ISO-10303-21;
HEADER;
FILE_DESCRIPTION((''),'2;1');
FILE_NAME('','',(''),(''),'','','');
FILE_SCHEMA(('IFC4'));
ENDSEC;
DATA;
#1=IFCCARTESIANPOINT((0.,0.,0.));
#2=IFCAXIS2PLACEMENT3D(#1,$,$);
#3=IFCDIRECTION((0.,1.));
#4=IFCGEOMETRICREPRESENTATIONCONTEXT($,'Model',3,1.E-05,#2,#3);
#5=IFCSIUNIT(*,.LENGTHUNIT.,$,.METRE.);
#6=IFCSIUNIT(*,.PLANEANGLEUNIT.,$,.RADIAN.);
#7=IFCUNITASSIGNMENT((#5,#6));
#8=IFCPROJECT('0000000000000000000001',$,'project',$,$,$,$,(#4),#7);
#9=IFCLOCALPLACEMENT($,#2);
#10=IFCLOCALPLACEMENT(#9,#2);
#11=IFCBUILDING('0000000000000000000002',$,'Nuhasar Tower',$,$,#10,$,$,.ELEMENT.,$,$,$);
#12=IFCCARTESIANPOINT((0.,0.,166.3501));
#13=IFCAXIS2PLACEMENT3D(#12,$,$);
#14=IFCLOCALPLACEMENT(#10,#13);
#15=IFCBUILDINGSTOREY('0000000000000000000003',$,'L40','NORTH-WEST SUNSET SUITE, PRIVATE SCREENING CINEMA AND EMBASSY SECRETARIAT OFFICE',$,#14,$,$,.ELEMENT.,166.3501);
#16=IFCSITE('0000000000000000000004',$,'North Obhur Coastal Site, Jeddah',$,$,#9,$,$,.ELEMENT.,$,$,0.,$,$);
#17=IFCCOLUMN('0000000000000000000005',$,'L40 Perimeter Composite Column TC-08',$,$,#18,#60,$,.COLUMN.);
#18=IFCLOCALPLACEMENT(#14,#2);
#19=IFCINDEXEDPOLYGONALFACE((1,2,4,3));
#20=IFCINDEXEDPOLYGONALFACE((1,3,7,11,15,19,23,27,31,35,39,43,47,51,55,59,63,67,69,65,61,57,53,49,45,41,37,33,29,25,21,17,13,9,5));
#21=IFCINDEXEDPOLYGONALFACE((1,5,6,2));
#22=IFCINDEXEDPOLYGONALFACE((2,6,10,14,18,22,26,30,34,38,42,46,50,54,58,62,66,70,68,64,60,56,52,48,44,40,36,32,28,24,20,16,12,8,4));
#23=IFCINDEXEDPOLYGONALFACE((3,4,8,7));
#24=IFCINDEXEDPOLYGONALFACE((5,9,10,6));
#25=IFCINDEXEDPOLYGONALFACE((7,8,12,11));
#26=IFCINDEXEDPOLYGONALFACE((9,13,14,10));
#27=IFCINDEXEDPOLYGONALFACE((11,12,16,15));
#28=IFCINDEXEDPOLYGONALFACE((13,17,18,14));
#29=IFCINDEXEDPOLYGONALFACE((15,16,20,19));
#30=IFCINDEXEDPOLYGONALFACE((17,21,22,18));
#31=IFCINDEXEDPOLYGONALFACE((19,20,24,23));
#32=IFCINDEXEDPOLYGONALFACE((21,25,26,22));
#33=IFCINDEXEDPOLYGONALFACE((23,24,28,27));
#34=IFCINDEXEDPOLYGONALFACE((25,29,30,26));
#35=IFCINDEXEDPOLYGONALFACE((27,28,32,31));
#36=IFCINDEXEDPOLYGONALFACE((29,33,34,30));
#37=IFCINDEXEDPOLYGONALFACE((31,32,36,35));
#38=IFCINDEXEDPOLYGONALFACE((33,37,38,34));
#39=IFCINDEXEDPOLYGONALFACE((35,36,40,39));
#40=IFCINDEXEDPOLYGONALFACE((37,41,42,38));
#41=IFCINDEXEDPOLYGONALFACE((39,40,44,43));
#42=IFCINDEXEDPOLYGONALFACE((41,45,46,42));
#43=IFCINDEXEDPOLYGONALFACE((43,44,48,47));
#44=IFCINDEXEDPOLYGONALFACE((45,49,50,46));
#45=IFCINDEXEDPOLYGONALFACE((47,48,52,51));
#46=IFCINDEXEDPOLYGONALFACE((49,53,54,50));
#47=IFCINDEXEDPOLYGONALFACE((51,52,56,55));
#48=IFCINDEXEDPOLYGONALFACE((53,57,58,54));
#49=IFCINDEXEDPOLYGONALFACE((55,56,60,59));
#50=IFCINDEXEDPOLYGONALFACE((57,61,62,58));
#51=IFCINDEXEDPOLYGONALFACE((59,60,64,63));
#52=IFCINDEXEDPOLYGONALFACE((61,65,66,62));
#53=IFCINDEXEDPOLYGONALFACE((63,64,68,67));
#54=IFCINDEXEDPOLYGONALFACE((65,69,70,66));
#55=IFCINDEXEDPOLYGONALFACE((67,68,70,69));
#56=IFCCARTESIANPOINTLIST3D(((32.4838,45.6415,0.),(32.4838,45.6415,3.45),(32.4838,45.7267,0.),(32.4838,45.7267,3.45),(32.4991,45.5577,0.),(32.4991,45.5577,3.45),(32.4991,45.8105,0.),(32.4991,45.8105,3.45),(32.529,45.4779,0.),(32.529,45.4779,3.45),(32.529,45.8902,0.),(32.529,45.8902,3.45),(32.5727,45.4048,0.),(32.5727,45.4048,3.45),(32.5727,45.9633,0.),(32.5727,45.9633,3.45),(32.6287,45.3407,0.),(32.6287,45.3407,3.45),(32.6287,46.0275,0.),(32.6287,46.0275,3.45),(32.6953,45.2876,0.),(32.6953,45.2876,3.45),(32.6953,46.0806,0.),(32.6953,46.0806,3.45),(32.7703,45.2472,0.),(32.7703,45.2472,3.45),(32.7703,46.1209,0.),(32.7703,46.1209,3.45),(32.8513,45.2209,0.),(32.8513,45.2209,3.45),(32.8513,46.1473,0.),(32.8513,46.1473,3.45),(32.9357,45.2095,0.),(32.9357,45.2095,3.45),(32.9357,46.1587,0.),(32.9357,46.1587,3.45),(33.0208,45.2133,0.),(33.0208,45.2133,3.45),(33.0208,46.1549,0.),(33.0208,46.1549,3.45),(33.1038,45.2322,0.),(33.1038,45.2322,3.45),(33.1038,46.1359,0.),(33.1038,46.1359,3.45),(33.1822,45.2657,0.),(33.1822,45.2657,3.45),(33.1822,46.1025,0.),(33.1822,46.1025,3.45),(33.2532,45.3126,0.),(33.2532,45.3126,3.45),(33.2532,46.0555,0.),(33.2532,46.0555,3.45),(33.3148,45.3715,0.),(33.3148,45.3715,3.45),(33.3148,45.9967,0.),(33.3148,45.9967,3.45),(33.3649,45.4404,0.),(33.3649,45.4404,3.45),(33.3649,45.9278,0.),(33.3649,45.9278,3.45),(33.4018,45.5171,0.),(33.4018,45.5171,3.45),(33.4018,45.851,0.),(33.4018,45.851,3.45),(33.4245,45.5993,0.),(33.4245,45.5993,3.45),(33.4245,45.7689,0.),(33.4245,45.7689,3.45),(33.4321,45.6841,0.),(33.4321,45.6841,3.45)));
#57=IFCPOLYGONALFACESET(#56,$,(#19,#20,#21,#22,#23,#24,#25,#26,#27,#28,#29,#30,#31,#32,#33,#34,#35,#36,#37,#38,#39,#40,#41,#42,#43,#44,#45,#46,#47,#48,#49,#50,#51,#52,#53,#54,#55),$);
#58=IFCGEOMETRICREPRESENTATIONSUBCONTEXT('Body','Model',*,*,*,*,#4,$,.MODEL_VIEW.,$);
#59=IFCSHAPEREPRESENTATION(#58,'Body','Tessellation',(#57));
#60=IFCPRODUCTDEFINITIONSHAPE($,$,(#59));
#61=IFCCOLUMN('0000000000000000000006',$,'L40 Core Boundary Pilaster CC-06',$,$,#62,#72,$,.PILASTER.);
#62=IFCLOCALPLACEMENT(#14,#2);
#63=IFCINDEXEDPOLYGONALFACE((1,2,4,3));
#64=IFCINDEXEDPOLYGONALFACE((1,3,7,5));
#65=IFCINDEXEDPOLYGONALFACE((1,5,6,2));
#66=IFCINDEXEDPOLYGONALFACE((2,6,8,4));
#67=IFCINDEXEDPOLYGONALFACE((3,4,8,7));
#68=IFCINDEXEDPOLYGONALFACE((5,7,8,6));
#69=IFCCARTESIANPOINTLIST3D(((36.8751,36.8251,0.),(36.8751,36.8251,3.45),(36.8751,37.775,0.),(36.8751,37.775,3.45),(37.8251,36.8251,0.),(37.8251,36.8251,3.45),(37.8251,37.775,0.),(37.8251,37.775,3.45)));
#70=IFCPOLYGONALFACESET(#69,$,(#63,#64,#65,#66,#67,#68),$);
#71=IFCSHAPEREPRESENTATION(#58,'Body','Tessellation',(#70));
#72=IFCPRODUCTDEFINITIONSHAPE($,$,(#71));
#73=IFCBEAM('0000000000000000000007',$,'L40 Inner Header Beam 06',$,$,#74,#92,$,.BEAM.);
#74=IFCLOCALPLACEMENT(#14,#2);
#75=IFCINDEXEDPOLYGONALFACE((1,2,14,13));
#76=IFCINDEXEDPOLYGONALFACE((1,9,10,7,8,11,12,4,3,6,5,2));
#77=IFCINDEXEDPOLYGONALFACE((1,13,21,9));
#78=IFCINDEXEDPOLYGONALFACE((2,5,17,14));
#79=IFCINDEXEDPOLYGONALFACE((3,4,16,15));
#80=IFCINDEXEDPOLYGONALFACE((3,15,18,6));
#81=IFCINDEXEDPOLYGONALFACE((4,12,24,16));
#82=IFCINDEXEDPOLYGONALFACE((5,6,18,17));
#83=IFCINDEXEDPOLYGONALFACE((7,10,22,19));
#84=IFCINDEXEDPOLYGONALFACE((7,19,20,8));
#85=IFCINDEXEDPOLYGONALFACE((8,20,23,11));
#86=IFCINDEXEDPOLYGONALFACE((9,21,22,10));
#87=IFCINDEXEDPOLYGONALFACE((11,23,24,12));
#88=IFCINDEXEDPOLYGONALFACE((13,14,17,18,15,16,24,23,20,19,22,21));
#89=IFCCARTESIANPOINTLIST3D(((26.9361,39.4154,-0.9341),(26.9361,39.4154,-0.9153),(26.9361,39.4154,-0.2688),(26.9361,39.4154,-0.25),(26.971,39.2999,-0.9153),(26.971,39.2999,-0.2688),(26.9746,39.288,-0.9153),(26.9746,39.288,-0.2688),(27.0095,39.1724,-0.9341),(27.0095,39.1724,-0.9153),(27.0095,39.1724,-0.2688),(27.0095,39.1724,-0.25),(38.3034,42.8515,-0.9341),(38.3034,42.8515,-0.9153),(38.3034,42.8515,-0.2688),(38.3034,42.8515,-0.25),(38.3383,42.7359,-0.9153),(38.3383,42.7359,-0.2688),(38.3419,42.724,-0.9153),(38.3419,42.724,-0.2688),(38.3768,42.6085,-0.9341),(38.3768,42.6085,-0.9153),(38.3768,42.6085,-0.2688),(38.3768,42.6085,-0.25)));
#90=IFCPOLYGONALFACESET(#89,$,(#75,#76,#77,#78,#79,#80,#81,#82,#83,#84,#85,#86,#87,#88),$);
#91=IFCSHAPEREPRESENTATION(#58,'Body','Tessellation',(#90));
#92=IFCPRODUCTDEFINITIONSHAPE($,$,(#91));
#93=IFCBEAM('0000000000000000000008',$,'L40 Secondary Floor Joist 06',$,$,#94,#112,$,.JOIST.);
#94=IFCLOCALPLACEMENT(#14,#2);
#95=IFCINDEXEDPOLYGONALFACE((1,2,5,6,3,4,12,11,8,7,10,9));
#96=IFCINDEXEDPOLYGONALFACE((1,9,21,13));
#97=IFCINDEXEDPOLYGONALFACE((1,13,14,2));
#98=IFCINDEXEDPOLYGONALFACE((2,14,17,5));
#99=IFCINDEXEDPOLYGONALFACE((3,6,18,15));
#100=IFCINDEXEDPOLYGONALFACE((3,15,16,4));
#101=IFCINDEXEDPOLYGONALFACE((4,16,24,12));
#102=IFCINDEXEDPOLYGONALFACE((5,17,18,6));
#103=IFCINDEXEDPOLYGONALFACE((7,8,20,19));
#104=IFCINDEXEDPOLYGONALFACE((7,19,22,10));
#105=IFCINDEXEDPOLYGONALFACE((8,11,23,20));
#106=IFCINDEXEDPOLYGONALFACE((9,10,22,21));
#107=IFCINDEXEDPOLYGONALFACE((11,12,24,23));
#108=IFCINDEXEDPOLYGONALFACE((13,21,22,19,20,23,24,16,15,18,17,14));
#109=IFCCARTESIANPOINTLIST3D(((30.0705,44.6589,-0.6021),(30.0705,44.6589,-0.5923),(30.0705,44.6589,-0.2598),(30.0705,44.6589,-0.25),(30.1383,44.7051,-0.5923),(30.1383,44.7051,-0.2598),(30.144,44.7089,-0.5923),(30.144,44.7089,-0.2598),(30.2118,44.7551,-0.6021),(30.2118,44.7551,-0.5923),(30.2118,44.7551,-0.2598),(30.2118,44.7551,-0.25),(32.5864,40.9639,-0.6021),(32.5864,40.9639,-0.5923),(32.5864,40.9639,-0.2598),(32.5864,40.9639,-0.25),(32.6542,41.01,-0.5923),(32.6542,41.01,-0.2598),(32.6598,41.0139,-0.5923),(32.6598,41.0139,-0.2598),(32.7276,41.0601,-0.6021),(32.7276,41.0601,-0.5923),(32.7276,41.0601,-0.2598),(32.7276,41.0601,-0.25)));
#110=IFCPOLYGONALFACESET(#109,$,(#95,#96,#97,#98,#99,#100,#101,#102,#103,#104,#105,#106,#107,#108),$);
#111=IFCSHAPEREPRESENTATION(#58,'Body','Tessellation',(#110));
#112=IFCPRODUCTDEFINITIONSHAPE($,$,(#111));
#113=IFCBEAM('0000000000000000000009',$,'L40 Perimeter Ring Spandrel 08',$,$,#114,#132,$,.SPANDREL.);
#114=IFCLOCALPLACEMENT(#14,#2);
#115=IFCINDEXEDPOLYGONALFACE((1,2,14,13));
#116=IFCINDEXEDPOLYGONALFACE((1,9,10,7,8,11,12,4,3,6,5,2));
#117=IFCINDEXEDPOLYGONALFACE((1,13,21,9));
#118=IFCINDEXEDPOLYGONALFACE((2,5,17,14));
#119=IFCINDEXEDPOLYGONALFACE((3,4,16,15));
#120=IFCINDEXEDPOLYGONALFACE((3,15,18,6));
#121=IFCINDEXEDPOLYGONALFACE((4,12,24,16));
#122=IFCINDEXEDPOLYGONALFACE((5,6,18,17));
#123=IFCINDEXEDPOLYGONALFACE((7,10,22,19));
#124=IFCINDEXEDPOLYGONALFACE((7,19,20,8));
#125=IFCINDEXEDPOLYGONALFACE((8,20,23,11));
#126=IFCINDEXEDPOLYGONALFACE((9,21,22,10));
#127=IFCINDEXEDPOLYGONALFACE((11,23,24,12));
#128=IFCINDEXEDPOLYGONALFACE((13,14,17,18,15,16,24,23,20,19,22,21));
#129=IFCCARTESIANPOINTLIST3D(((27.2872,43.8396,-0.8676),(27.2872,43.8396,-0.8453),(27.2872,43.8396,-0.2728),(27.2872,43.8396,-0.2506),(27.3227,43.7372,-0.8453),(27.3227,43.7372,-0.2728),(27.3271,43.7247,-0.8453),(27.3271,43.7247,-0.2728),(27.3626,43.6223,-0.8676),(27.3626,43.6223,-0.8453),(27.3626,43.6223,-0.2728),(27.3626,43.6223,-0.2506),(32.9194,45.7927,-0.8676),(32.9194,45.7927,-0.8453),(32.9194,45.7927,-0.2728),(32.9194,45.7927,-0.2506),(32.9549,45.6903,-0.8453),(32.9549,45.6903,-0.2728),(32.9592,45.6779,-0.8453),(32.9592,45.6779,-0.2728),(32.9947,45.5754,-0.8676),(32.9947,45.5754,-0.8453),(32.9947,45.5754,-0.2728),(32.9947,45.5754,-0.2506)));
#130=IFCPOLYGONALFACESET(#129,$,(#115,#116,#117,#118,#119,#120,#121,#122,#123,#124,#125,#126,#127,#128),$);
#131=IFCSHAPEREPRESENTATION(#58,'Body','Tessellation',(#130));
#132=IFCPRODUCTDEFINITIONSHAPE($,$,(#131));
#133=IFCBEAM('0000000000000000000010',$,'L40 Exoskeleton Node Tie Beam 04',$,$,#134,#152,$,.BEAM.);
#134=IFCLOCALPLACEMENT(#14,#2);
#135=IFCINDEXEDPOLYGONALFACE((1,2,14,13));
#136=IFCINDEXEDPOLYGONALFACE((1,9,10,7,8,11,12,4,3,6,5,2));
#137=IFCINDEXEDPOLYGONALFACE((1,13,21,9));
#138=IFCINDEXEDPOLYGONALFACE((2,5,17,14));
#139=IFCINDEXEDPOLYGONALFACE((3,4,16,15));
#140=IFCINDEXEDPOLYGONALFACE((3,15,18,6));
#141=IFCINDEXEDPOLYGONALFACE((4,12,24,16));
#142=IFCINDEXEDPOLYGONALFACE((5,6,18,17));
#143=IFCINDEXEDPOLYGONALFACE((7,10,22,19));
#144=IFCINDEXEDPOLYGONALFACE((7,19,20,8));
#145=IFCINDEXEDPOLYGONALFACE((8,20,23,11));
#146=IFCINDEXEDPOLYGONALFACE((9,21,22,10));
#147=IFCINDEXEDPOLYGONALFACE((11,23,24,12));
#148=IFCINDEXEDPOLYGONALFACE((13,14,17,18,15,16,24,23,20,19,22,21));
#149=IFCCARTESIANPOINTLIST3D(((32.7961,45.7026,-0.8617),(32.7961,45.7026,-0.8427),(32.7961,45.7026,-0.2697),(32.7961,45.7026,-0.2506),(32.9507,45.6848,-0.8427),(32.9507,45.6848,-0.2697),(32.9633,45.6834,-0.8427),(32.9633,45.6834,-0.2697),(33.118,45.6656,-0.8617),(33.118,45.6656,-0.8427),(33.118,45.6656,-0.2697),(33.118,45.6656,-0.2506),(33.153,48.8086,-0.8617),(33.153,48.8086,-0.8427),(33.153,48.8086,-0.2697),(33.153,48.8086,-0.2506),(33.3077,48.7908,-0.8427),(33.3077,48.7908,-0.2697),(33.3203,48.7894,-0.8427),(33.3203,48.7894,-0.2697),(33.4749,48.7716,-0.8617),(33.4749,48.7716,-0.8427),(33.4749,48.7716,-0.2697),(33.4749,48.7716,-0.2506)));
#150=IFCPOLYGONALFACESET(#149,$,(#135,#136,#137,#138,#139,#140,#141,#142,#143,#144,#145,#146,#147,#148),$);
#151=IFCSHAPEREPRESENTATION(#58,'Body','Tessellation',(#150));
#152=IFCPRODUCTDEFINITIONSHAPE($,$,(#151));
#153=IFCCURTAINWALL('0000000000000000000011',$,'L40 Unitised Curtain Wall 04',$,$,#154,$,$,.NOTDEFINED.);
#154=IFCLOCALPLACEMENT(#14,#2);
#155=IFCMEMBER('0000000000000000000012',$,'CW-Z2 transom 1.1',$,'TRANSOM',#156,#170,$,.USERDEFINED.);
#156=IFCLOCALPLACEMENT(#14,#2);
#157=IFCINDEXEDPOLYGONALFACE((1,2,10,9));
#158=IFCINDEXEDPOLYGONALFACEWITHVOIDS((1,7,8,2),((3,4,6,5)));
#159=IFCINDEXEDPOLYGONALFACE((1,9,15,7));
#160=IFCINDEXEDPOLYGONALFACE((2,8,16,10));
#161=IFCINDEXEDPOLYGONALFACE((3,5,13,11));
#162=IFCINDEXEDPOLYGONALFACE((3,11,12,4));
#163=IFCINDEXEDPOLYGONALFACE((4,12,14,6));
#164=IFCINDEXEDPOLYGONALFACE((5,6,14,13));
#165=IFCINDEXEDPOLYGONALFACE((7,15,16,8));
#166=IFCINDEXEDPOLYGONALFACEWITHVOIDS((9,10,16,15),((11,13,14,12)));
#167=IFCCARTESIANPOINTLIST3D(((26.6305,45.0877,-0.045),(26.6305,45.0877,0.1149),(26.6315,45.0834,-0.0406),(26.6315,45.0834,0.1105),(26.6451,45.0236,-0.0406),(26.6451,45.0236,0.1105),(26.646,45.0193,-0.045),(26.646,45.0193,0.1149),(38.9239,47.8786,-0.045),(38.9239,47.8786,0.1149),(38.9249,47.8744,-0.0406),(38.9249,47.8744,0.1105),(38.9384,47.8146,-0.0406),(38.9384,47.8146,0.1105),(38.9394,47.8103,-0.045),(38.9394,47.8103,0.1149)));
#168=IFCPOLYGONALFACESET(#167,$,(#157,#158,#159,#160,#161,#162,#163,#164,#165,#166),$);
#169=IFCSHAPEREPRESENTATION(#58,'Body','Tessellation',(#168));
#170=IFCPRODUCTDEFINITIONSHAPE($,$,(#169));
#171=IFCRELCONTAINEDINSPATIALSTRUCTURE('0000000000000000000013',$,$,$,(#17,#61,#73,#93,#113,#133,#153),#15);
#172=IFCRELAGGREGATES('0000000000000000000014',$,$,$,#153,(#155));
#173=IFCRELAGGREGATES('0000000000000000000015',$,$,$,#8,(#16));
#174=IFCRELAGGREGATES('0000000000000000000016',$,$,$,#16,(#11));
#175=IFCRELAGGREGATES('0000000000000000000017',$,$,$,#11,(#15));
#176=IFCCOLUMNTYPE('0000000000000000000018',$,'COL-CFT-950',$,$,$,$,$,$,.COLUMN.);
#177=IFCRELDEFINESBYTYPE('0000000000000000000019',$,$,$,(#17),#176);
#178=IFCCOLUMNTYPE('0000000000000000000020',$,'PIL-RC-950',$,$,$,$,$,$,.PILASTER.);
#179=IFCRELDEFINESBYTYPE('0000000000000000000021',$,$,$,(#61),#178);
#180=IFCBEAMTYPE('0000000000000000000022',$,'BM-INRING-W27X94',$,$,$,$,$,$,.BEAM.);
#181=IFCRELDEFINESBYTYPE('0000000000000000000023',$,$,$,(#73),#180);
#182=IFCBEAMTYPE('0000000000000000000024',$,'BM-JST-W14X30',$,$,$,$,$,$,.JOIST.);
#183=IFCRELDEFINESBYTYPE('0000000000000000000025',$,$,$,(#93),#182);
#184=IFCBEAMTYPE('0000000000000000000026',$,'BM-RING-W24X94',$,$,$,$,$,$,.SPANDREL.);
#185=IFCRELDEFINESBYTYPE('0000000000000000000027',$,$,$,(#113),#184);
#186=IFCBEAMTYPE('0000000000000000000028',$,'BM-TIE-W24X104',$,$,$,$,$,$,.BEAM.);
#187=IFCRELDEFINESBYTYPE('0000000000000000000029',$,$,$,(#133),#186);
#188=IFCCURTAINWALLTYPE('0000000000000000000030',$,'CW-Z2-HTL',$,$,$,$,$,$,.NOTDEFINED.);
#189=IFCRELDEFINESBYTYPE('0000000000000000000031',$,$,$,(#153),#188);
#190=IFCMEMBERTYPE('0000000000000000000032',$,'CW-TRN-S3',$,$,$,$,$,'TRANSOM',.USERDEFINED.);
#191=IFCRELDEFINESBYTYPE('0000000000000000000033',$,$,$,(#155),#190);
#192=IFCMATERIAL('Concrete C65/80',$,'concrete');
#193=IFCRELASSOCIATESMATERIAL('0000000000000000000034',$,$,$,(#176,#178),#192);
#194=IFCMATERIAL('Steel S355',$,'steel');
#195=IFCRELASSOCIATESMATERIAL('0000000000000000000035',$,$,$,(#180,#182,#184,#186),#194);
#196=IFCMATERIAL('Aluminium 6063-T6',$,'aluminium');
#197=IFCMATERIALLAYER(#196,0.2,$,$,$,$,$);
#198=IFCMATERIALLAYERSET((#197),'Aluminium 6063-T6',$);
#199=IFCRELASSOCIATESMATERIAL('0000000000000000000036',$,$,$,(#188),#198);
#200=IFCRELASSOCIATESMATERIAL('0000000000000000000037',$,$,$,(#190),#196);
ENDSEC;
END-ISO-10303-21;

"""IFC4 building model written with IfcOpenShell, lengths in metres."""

from ifc_helpers import new_model, si_unit, direction, frame, origin, origin_2d, place, context, subcontext, project, spatial, rectangle, hollow_rectangle, circle, i_section, extrude, material, layer, layer_set, material_profile, profile_set, type_object, element, aggregate, save


model = new_model("IFC4")

# Units and contexts
model_context = context("Model", 3, precision=1e-05, world=origin(), true_north=direction((0.0, 1.0)))
body_context = subcontext(model_context, "Body", "Model", "MODEL_VIEW")
ifc_project = project(units=[si_unit("LENGTHUNIT", "METRE"), si_unit("PLANEANGLEUNIT", "RADIAN")], contexts=[model_context])

# Site, building, storey
site_placement = place(None, origin())
site = spatial("IfcSite", under=ifc_project, at=site_placement, Name="North Obhur Coastal Site, Jeddah", CompositionType="ELEMENT", RefElevation=0.0)
building_placement = place(site_placement, origin())
building = spatial("IfcBuilding", under=site, at=building_placement, Name="Nuhasar Tower", CompositionType="ELEMENT")
storey_placement = place(building_placement, frame((0.0, 0.0, 166.3501)))
storey = spatial("IfcBuildingStorey", under=building, at=storey_placement, Name="L40", Description="NORTH-WEST SUNSET SUITE, PRIVATE SCREENING CINEMA AND EMBASSY SECRETARIAT OFFICE", CompositionType="ELEMENT", Elevation=166.3501)

# Columns
ifc_material_1 = material(Name="Concrete C65/80", Category="concrete")
ifc_material_profile_1 = material_profile(ifc_material_1, circle(Radius=0.4751, at=origin_2d()), Name="CFT950")
ifc_profile_set_1 = profile_set([ifc_material_profile_1], Name="Concrete C65/80")
column_type_1 = type_object("IfcColumnType", Name="COL-CFT-950", PredefinedType="COLUMN", material=ifc_profile_set_1)
column_1_placement = place(storey_placement, frame((32.957, 45.6841, 0.0), z_axis=(0.0, 0.0, 1.0), x_axis=(1.0, 0.0, 0.0)))
element("IfcColumn", 1, at=column_1_placement, inside=storey, type_object=column_type_1, Name="L40 Perimeter Composite Column TC-08", PredefinedType="COLUMN", context=body_context, shape_type="SweptSolid", body=[
    extrude(circle(Radius=0.4751, at=origin_2d()), origin(), (0.0, 0.0, 1.0), 3.45),
])
ifc_material_profile_2 = material_profile(ifc_material_1, rectangle(XDim=0.95, YDim=0.95, at=origin_2d()), Name="RC950X950")
ifc_profile_set_2 = profile_set([ifc_material_profile_2], Name="Concrete C65/80")
column_type_2 = type_object("IfcColumnType", Name="PIL-RC-950", PredefinedType="PILASTER", material=ifc_profile_set_2)
column_2_placement = place(storey_placement, frame((37.3501, 37.3, 0.0), z_axis=(0.0, 0.0, 1.0), x_axis=(1.0, 0.0, 0.0)))
element("IfcColumn", 2, at=column_2_placement, inside=storey, type_object=column_type_2, Name="L40 Core Boundary Pilaster CC-06", PredefinedType="PILASTER", context=body_context, shape_type="SweptSolid", body=[
    extrude(rectangle(XDim=0.95, YDim=0.95, at=origin_2d()), origin(), (0.0, 0.0, 1.0), 3.45),
])

# Beams
ifc_material_2 = material(Name="Steel S355", Category="steel")
ifc_material_profile_3 = material_profile(ifc_material_2, i_section(OverallWidth=0.2539, OverallDepth=0.6841, WebThickness=0.0125, FlangeThickness=0.0188, at=origin_2d()), Name="W27X94")
ifc_profile_set_3 = profile_set([ifc_material_profile_3], Name="Steel S355")
beam_type_1 = type_object("IfcBeamType", Name="BM-INRING-W27X94", PredefinedType="BEAM", material=ifc_profile_set_3)
beam_1_placement = place(storey_placement, frame((38.3401, 42.73, -0.592), z_axis=(-0.957224, -0.289347, 0.0), x_axis=(0.289347, -0.957224, 0.0)))
element("IfcBeam", 3, at=beam_1_placement, inside=storey, type_object=beam_type_1, Name="L40 Inner Header Beam 06", PredefinedType="BEAM", context=body_context, shape_type="SweptSolid", body=[
    extrude(i_section(OverallWidth=0.2539, OverallDepth=0.6841, WebThickness=0.0125, FlangeThickness=0.0188, at=origin_2d()), origin(), (0.0, 0.0, 1.0), 11.8752),
])
ifc_material_profile_4 = material_profile(ifc_material_2, i_section(OverallWidth=0.1709, OverallDepth=0.3521, WebThickness=0.0068, FlangeThickness=0.0098, at=origin_2d()), Name="W14X30")
ifc_profile_set_4 = profile_set([ifc_material_profile_4], Name="Steel S355")
beam_type_2 = type_object("IfcBeamType", Name="BM-JST-W14X30", PredefinedType="JOIST", material=ifc_profile_set_4)
beam_2_placement = place(storey_placement, frame((32.657, 41.012, -0.426), z_axis=(-0.562803, 0.826591, 0.0), x_axis=(-0.826591, -0.562803, 0.0)))
element("IfcBeam", 4, at=beam_2_placement, inside=storey, type_object=beam_type_2, Name="L40 Secondary Floor Joist 06", PredefinedType="JOIST", context=body_context, shape_type="SweptSolid", body=[
    extrude(i_section(OverallWidth=0.1709, OverallDepth=0.3521, WebThickness=0.0068, FlangeThickness=0.0098, at=origin_2d()), origin(), (0.0, 0.0, 1.0), 4.4702),
])
ifc_material_profile_5 = material_profile(ifc_material_2, i_section(OverallWidth=0.23, OverallDepth=0.6169, WebThickness=0.0132, FlangeThickness=0.0222, at=origin_2d()), Name="W24X94")
ifc_profile_set_5 = profile_set([ifc_material_profile_5], Name="Steel S355")
beam_type_3 = type_object("IfcBeamType", Name="BM-RING-W24X94", PredefinedType="SPANDREL", material=ifc_profile_set_5)
beam_3_placement = place(storey_placement, frame((32.957, 45.6841, -0.5591), z_axis=(-0.944801, -0.327644, 0.0), x_axis=(0.327644, -0.944801, 0.0)))
element("IfcBeam", 5, at=beam_3_placement, inside=storey, type_object=beam_type_3, Name="L40 Perimeter Ring Spandrel 08", PredefinedType="SPANDREL", context=body_context, shape_type="SweptSolid", body=[
    extrude(i_section(OverallWidth=0.23, OverallDepth=0.6169, WebThickness=0.0132, FlangeThickness=0.0222, at=origin_2d()), origin(), (0.0, 0.0, 1.0), 5.9612),
])
ifc_material_profile_6 = material_profile(ifc_material_2, i_section(OverallWidth=0.324, OverallDepth=0.6111, WebThickness=0.0127, FlangeThickness=0.019, at=origin_2d()), Name="W24X104")
ifc_profile_set_6 = profile_set([ifc_material_profile_6], Name="Steel S355")
beam_type_4 = type_object("IfcBeamType", Name="BM-TIE-W24X104", PredefinedType="BEAM", material=ifc_profile_set_6)
beam_4_placement = place(storey_placement, frame((32.957, 45.6841, -0.5562), z_axis=(0.114168, 0.993461, 0.0), x_axis=(-0.993461, 0.114168, 0.0)))
element("IfcBeam", 6, at=beam_4_placement, inside=storey, type_object=beam_type_4, Name="L40 Exoskeleton Node Tie Beam 04", PredefinedType="BEAM", context=body_context, shape_type="SweptSolid", body=[
    extrude(i_section(OverallWidth=0.324, OverallDepth=0.6111, WebThickness=0.0127, FlangeThickness=0.019, at=origin_2d()), origin(), (0.0, 0.0, 1.0), 3.1265),
])

# Curtain wall, member
ifc_material_3 = material(Name="Aluminium 6063-T6", Category="aluminium")
ifc_layer_1 = layer(ifc_material_3, 0.2)
ifc_layer_set_1 = layer_set([ifc_layer_1], Name="Aluminium 6063-T6")
curtain_wall_type = type_object("IfcCurtainWallType", Name="CW-Z2-HTL", PredefinedType="NOTDEFINED", material=ifc_layer_set_1)
curtain_wall_placement = place(storey_placement, origin())
curtain_wall = element("IfcCurtainWall", 7, at=curtain_wall_placement, inside=storey, type_object=curtain_wall_type, Name="L40 Unitised Curtain Wall 04", PredefinedType="NOTDEFINED")
ifc_material_profile_7 = material_profile(ifc_material_3, hollow_rectangle(XDim=0.0701, YDim=0.1599, WallThickness=0.0044, at=origin_2d()), Name="CWT-3")
ifc_profile_set_7 = profile_set([ifc_material_profile_7], Name="Aluminium 6063-T6")
member_type_1 = type_object("IfcMemberType", Name="CW-TRN-S3", ElementType="TRANSOM", PredefinedType="USERDEFINED", material=ifc_profile_set_7)
member_1_placement = place(storey_placement, frame((38.9316, 47.8445, 0.0349), z_axis=(-0.975183, -0.221398, 0.0), x_axis=(0.221398, -0.975183, 0.0)))
member_1 = element("IfcMember", 8, at=member_1_placement, type_object=member_type_1, Name="CW-Z2 transom 1.1", ObjectType="TRANSOM", PredefinedType="USERDEFINED", context=body_context, shape_type="SweptSolid", body=[
    extrude(hollow_rectangle(XDim=0.0701, YDim=0.1599, WallThickness=0.0044, at=origin_2d()), origin(), (0.0, 0.0, 1.0), 12.6062),
])

aggregate(curtain_wall, [member_1])

save(model, "model.ifc")
